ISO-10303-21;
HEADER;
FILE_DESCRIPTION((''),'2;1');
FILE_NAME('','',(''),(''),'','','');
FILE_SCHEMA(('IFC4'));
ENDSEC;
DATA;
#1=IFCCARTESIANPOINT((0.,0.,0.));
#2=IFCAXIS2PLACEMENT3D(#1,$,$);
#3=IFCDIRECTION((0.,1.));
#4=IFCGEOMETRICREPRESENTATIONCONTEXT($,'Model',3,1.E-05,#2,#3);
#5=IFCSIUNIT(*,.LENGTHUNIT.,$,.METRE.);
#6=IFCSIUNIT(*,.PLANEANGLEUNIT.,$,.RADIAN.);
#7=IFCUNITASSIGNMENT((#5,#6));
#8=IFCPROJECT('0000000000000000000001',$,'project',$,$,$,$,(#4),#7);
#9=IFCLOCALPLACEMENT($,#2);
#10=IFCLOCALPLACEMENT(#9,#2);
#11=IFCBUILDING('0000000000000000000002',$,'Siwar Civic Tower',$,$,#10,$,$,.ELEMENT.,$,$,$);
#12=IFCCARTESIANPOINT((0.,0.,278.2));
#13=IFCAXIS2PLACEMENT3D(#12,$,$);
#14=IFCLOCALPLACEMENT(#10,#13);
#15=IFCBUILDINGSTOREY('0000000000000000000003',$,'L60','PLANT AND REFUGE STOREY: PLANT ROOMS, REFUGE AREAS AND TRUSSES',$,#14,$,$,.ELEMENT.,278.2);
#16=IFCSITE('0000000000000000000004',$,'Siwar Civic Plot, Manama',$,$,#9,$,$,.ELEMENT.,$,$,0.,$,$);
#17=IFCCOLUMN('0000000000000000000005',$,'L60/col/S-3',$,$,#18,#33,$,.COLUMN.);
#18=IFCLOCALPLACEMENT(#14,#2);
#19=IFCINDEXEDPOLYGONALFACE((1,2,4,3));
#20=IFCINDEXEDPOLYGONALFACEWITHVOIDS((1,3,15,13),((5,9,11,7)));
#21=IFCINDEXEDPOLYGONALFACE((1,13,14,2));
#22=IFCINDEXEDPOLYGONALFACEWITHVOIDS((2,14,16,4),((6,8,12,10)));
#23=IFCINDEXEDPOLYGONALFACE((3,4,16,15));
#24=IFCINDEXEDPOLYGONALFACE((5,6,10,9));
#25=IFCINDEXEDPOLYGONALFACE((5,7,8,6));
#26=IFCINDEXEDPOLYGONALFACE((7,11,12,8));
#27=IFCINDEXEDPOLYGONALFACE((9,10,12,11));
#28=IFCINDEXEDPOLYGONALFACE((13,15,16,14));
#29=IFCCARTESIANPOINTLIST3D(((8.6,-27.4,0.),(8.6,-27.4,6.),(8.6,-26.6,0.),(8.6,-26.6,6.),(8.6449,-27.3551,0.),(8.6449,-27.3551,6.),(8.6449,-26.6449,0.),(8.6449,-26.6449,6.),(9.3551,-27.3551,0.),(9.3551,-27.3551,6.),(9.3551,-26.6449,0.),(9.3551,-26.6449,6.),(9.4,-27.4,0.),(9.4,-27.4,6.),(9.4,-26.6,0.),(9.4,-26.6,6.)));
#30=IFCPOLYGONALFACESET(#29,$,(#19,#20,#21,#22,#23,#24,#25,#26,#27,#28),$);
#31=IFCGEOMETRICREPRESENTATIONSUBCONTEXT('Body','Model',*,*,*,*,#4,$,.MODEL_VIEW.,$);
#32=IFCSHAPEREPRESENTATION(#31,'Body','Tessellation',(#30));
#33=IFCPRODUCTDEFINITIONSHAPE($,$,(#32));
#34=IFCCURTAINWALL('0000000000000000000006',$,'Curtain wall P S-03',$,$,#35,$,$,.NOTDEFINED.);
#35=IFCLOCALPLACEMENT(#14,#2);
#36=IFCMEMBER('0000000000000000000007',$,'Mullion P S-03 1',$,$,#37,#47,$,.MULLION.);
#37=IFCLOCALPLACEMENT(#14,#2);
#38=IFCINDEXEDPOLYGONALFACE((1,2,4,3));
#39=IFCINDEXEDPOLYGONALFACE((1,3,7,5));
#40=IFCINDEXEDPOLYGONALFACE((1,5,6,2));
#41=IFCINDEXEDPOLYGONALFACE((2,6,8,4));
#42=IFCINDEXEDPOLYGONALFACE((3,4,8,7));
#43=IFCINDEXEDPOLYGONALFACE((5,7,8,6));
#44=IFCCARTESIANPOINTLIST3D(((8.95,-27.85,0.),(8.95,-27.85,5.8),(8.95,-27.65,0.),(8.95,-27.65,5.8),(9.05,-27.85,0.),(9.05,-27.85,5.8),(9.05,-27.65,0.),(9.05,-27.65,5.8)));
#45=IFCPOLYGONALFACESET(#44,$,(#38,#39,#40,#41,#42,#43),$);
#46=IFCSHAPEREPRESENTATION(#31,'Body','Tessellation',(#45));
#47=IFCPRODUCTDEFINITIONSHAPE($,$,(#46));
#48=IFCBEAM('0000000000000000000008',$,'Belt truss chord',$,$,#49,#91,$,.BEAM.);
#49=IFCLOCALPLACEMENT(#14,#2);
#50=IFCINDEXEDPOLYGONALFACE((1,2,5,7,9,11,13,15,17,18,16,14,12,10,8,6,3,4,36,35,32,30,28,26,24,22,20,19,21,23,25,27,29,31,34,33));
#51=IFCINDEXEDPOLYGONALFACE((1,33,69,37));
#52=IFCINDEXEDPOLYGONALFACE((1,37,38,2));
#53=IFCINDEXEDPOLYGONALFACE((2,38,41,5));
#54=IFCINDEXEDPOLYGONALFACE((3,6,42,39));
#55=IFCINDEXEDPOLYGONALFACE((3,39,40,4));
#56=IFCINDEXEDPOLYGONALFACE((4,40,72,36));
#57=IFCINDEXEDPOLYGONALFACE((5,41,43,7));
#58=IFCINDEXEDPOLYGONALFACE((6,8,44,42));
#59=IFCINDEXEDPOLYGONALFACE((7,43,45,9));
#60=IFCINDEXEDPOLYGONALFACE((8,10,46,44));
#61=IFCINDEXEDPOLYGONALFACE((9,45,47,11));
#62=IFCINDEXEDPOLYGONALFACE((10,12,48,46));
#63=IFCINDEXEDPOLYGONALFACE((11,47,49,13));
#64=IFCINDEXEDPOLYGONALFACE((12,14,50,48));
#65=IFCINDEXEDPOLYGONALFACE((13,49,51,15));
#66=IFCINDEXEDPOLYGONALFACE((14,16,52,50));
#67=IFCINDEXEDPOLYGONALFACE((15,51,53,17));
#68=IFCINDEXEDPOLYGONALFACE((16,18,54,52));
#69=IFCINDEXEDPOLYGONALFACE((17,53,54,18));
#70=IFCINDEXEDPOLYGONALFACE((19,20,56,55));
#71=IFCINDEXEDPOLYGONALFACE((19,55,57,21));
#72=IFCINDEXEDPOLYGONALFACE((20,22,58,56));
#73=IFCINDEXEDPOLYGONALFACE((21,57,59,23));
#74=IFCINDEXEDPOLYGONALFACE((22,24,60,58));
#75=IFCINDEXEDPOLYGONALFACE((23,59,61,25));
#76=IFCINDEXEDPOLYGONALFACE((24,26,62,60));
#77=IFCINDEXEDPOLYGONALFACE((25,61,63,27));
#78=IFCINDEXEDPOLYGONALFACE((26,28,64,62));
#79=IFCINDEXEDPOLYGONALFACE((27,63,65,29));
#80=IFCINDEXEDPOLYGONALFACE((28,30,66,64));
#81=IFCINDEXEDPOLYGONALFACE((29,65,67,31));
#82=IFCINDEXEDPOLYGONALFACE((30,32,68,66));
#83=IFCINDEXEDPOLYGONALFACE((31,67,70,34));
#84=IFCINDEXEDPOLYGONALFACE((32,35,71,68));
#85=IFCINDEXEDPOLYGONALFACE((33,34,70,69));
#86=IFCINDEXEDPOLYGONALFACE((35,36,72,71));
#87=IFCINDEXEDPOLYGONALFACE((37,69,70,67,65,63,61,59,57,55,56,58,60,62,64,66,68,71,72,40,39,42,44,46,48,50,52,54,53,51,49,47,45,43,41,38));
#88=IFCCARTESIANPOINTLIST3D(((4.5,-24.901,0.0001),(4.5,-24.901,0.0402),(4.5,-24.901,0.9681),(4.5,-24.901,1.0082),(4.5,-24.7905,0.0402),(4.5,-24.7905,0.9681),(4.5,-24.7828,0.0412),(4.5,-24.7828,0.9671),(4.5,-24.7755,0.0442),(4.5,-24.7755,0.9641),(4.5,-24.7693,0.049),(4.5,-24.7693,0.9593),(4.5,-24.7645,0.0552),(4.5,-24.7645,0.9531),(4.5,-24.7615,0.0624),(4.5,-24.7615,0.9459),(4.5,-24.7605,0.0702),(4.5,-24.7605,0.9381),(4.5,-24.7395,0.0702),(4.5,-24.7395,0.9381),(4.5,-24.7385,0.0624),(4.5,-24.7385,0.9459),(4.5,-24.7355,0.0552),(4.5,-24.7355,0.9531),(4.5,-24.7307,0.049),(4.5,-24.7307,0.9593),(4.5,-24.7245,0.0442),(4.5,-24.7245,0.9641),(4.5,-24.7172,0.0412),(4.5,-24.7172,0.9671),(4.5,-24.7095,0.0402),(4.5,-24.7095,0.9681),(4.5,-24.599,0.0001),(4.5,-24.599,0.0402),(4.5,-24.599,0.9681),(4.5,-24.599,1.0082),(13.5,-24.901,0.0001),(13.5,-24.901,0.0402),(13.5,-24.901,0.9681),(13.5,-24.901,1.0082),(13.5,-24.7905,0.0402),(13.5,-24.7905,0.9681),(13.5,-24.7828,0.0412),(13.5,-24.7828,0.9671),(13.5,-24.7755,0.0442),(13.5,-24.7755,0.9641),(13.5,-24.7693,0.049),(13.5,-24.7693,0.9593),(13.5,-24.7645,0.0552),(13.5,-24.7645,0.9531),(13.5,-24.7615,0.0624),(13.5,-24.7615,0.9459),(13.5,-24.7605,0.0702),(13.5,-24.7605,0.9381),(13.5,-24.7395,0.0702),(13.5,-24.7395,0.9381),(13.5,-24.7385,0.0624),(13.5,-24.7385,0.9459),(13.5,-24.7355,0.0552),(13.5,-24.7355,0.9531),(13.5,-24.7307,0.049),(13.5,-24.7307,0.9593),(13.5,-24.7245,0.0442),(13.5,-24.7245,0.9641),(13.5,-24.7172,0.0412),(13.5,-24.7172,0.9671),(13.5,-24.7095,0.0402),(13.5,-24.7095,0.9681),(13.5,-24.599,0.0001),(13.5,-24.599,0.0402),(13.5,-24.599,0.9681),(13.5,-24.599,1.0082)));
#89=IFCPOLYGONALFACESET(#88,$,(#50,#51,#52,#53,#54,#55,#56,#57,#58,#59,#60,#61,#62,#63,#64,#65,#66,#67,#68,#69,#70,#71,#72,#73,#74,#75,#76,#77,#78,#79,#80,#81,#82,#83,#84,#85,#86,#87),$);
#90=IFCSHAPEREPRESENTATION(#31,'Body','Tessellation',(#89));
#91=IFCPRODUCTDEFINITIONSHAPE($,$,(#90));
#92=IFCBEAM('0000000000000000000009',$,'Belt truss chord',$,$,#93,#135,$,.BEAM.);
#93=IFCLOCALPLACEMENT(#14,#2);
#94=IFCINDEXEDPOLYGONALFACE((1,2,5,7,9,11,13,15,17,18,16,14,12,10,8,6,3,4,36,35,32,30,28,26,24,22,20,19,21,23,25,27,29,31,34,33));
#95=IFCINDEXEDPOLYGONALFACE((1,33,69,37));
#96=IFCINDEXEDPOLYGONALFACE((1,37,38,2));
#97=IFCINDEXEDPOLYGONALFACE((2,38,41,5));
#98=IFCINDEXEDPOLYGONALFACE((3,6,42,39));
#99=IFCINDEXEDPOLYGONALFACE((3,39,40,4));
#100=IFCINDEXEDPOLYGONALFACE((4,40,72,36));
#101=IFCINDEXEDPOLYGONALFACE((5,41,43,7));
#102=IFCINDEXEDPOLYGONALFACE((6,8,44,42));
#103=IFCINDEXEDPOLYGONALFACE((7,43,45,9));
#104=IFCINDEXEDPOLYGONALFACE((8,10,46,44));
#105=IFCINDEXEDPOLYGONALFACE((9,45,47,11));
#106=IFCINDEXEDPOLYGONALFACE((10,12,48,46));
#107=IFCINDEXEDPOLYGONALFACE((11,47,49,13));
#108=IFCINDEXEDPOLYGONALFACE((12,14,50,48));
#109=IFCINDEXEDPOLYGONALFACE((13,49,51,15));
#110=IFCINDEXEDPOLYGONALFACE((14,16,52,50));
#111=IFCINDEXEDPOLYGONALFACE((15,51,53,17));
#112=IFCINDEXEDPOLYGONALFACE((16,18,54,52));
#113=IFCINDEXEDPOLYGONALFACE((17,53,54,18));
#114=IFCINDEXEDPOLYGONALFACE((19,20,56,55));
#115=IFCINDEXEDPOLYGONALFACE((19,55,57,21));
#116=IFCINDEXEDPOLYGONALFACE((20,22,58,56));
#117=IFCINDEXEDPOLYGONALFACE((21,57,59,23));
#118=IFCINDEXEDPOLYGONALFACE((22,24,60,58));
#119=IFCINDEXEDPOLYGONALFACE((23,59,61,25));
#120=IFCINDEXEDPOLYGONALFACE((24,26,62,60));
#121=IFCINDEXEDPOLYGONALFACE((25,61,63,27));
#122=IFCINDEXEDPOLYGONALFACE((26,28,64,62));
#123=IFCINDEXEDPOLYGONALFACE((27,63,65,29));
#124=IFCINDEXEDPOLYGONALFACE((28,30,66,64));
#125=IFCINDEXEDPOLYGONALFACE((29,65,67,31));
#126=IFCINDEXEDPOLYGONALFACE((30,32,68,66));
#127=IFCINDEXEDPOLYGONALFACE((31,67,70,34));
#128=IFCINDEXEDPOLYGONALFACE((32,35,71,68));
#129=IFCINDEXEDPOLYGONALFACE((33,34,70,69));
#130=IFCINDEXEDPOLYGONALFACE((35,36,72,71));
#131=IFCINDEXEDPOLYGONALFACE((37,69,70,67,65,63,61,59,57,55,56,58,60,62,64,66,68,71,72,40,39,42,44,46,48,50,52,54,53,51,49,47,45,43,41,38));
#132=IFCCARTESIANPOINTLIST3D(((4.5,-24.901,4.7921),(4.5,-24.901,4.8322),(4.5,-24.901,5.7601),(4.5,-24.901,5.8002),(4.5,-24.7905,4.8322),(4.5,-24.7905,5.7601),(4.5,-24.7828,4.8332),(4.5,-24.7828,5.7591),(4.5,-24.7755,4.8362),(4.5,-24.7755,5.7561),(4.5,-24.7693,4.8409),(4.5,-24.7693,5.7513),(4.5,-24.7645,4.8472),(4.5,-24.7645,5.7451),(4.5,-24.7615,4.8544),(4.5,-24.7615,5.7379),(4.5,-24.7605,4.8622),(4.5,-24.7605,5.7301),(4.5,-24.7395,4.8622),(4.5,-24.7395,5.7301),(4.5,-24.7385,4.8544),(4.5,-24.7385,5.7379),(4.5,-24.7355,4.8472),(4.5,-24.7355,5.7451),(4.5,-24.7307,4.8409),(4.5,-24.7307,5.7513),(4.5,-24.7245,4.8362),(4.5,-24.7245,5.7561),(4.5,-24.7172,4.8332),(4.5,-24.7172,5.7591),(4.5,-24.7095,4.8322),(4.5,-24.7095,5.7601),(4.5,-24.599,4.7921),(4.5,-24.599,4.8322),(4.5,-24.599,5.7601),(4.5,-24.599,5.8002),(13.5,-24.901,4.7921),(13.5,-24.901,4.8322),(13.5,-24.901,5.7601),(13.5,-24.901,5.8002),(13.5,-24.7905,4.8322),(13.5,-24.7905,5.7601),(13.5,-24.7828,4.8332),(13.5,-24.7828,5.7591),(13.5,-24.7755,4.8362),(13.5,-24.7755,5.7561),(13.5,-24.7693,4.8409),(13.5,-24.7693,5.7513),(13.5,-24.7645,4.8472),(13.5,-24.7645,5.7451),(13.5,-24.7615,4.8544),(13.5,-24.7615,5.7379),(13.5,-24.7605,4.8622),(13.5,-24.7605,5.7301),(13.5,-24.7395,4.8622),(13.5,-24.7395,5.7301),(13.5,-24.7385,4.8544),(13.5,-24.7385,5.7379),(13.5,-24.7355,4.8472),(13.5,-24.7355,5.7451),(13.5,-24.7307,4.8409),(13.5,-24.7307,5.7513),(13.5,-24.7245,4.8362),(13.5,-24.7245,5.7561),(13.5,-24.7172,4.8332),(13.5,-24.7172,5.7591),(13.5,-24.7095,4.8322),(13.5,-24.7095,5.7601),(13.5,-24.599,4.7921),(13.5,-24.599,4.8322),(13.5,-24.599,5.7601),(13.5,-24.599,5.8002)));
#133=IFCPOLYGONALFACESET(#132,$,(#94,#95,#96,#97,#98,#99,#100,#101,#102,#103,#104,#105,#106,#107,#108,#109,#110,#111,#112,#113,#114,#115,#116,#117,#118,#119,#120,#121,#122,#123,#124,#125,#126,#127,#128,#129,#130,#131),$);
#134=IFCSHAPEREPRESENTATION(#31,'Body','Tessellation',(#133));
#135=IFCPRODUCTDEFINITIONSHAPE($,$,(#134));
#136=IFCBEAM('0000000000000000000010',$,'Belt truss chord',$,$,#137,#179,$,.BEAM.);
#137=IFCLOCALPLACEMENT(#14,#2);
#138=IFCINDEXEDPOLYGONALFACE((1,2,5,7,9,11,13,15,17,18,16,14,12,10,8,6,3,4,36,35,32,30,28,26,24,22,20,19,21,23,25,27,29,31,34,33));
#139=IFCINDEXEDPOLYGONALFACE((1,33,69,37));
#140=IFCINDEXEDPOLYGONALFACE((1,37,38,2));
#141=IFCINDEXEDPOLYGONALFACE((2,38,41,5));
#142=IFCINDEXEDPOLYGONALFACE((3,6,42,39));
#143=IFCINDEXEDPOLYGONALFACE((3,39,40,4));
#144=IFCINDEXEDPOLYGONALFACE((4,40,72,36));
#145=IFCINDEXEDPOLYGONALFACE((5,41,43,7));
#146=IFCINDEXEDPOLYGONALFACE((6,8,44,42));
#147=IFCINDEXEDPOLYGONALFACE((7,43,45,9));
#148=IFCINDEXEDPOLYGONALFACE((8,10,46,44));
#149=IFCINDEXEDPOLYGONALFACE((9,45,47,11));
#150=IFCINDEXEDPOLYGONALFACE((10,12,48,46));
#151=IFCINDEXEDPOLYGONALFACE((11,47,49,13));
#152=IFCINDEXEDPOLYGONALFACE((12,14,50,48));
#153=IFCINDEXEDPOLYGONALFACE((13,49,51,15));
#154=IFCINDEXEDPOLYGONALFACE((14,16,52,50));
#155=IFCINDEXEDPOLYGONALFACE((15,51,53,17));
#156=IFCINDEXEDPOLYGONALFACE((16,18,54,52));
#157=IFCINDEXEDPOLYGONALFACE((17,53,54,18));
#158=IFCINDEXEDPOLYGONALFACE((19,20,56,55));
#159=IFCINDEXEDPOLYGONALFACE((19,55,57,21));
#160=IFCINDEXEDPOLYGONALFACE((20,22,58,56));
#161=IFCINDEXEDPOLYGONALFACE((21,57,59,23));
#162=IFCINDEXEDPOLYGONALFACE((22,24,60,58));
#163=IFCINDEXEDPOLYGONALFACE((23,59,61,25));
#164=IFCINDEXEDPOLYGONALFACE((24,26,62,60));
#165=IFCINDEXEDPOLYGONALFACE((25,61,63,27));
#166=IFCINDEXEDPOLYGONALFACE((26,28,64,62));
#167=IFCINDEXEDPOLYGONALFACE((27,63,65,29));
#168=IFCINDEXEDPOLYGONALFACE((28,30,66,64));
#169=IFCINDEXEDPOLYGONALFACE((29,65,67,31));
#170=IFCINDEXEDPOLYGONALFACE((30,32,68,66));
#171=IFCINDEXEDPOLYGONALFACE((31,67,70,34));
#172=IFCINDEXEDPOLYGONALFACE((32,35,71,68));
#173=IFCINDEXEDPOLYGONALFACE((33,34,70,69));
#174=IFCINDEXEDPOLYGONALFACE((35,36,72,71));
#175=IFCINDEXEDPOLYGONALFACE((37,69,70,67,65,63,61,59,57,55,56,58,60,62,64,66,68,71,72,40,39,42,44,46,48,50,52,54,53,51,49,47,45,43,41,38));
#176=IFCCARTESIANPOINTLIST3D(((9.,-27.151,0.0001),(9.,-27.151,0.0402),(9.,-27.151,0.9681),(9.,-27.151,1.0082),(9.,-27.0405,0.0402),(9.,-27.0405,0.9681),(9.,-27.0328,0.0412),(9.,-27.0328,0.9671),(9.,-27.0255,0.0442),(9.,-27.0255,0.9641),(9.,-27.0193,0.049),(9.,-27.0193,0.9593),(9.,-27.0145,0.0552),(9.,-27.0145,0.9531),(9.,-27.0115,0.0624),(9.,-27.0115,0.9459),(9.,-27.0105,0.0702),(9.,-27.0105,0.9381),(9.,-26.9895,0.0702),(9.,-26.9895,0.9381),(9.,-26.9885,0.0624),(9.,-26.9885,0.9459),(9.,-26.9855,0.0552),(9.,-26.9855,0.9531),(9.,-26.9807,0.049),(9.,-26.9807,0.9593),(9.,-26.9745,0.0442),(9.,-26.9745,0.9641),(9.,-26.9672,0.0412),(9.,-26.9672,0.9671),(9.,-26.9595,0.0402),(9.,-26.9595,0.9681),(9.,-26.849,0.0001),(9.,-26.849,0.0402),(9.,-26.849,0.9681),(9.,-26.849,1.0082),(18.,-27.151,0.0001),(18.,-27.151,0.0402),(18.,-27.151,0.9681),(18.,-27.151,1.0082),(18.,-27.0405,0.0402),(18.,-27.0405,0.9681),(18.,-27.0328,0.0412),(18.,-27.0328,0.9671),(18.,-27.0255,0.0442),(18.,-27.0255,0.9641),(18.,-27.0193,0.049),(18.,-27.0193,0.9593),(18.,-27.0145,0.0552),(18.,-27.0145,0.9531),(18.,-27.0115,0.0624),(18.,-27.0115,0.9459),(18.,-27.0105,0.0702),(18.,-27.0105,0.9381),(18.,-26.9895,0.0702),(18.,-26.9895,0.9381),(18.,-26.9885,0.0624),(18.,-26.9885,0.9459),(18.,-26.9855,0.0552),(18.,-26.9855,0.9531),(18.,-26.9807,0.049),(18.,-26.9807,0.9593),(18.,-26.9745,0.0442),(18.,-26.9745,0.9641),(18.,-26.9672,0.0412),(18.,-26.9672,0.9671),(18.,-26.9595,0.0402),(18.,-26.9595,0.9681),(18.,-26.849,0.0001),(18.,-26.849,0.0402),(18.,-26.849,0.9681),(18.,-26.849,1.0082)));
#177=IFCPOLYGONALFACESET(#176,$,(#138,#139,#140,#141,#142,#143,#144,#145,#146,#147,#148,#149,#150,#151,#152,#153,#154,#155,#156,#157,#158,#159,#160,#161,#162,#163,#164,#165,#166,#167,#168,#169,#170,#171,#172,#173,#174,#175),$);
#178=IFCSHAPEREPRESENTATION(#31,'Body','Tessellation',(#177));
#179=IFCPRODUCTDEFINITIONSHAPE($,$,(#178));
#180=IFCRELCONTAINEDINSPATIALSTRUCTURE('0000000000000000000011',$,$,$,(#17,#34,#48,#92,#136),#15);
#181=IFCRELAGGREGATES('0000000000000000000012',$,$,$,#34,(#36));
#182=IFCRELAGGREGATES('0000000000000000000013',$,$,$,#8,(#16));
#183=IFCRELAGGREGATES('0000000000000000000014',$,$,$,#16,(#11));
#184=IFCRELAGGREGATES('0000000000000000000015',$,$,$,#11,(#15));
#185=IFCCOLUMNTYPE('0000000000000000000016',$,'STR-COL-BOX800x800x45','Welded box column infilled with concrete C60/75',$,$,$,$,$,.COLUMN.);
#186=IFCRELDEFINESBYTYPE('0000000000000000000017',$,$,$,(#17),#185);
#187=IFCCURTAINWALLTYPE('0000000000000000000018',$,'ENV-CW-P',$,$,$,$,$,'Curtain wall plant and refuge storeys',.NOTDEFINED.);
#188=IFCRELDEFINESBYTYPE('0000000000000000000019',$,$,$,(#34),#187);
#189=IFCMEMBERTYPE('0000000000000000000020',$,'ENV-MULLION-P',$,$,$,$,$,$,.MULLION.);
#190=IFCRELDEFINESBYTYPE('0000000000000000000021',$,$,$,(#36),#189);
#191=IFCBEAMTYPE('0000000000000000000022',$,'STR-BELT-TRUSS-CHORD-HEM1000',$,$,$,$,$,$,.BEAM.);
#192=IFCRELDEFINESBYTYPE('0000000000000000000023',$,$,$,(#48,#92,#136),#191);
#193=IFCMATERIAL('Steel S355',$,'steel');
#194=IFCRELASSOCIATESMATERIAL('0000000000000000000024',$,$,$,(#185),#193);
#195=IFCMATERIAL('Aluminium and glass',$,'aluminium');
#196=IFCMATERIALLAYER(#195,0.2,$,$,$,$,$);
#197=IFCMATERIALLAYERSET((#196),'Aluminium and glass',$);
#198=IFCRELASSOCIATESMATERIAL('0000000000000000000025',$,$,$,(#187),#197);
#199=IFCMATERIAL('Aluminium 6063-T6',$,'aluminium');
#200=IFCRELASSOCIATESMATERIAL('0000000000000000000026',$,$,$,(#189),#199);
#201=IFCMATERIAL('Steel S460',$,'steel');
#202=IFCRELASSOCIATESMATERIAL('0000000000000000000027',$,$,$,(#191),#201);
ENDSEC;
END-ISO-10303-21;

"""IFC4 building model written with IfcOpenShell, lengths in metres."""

from ifc_helpers import new_model, si_unit, direction, frame, origin, origin_2d, place, context, subcontext, project, spatial, rectangle, hollow_rectangle, i_section, extrude, material, layer, layer_set, material_profile, profile_set, type_object, element, aggregate, save


model = new_model("IFC4")

# Units and contexts
model_context = context("Model", 3, precision=1e-05, world=origin(), true_north=direction((0.0, 1.0)))
body_context = subcontext(model_context, "Body", "Model", "MODEL_VIEW")
ifc_project = project(units=[si_unit("LENGTHUNIT", "METRE"), si_unit("PLANEANGLEUNIT", "RADIAN")], contexts=[model_context])

# Site, building, storey
site_placement = place(None, origin())
site = spatial("IfcSite", under=ifc_project, at=site_placement, Name="Siwar Civic Plot, Manama", CompositionType="ELEMENT", RefElevation=0.0)
building_placement = place(site_placement, origin())
building = spatial("IfcBuilding", under=site, at=building_placement, Name="Siwar Civic Tower", CompositionType="ELEMENT")
storey_placement = place(building_placement, frame((0.0, 0.0, 278.2)))
storey = spatial("IfcBuildingStorey", under=building, at=storey_placement, Name="L60", Description="PLANT AND REFUGE STOREY: PLANT ROOMS, REFUGE AREAS AND TRUSSES", CompositionType="ELEMENT", Elevation=278.2)

# Column
ifc_material_1 = material(Name="Steel S355", Category="steel")
ifc_material_profile_1 = material_profile(ifc_material_1, hollow_rectangle(XDim=0.8, YDim=0.8, WallThickness=0.0449, at=origin_2d()), Name="BOX800x800x45")
ifc_profile_set_1 = profile_set([ifc_material_profile_1], Name="Steel S355")
column_type = type_object("IfcColumnType", Name="STR-COL-BOX800x800x45", Description="Welded box column infilled with concrete C60/75", PredefinedType="COLUMN", material=ifc_profile_set_1)
column_placement = place(storey_placement, frame((9.0, -27.0, 0.0), z_axis=(0.0, 0.0, 1.0), x_axis=(1.0, 0.0, 0.0)))
element("IfcColumn", 1, at=column_placement, inside=storey, type_object=column_type, Name="L60/col/S-3", PredefinedType="COLUMN", context=body_context, shape_type="SweptSolid", body=[
    extrude(hollow_rectangle(XDim=0.8, YDim=0.8, WallThickness=0.0449, at=origin_2d()), origin(), (0.0, 0.0, 1.0), 6.0),
])

# Curtain wall, member
ifc_material_2 = material(Name="Aluminium and glass", Category="aluminium")
ifc_layer_1 = layer(ifc_material_2, 0.2)
ifc_layer_set_1 = layer_set([ifc_layer_1], Name="Aluminium and glass")
curtain_wall_type = type_object("IfcCurtainWallType", Name="ENV-CW-P", ElementType="Curtain wall plant and refuge storeys", PredefinedType="NOTDEFINED", material=ifc_layer_set_1)
curtain_wall_placement = place(storey_placement, origin())
curtain_wall = element("IfcCurtainWall", 2, at=curtain_wall_placement, inside=storey, type_object=curtain_wall_type, Name="Curtain wall P S-03", PredefinedType="NOTDEFINED")
ifc_material_3 = material(Name="Aluminium 6063-T6", Category="aluminium")
ifc_material_profile_2 = material_profile(ifc_material_3, rectangle(XDim=0.2, YDim=0.1001, at=origin_2d()), Name="AL 200x100")
ifc_profile_set_2 = profile_set([ifc_material_profile_2], Name="Aluminium 6063-T6")
member_type_1 = type_object("IfcMemberType", Name="ENV-MULLION-P", PredefinedType="MULLION", material=ifc_profile_set_2)
member_placement = place(storey_placement, frame((9.0, -27.75, 0.0), z_axis=(0.0, 0.0, 1.0), x_axis=(0.0, 1.0, 0.0)))
member = element("IfcMember", 3, at=member_placement, type_object=member_type_1, Name="Mullion P S-03 1", PredefinedType="MULLION", context=body_context, shape_type="SweptSolid", body=[
    extrude(rectangle(XDim=0.2, YDim=0.1001, at=origin_2d()), origin(), (0.0, 0.0, 1.0), 5.8),
])
aggregate(curtain_wall, [member])

# Beams
ifc_material_4 = material(Name="Steel S460", Category="steel")
ifc_material_profile_3 = material_profile(ifc_material_4, i_section(OverallWidth=0.302, OverallDepth=1.0081, WebThickness=0.021, FlangeThickness=0.04, FilletRadius=0.03, at=origin_2d()), Name="HEM1000")
ifc_profile_set_3 = profile_set([ifc_material_profile_3], Name="Steel S460")
beam_type_1 = type_object("IfcBeamType", Name="STR-BELT-TRUSS-CHORD-HEM1000", PredefinedType="BEAM", material=ifc_profile_set_3)
for number, where, z_axis, x_axis, name in (
    (4, (4.5, -24.75, 0.5042), (1.0, 0.0, 0.0), (0.0, 1.0, 0.0), "Belt truss chord"),
    (5, (4.5, -24.75, 5.2961), (1.0, 0.0, 0.0), (0.0, 1.0, 0.0), "Belt truss chord"),
    (6, (9.0, -27.0, 0.5042), (1.0, 0.0, 0.0), (0.0, 1.0, 0.0), "Belt truss chord"),
):
    element("IfcBeam", number, at=place(storey_placement, frame(where, z_axis=z_axis, x_axis=x_axis)), inside=storey, type_object=beam_type_1, Name=name, PredefinedType="BEAM", context=body_context, shape_type="SweptSolid", body=[
        extrude(i_section(OverallWidth=0.302, OverallDepth=1.0081, WebThickness=0.021, FlangeThickness=0.04, FilletRadius=0.03, at=origin_2d()), origin(), (0.0, 0.0, 1.0), 9.0),
    ])

save(model, "model.ifc")
